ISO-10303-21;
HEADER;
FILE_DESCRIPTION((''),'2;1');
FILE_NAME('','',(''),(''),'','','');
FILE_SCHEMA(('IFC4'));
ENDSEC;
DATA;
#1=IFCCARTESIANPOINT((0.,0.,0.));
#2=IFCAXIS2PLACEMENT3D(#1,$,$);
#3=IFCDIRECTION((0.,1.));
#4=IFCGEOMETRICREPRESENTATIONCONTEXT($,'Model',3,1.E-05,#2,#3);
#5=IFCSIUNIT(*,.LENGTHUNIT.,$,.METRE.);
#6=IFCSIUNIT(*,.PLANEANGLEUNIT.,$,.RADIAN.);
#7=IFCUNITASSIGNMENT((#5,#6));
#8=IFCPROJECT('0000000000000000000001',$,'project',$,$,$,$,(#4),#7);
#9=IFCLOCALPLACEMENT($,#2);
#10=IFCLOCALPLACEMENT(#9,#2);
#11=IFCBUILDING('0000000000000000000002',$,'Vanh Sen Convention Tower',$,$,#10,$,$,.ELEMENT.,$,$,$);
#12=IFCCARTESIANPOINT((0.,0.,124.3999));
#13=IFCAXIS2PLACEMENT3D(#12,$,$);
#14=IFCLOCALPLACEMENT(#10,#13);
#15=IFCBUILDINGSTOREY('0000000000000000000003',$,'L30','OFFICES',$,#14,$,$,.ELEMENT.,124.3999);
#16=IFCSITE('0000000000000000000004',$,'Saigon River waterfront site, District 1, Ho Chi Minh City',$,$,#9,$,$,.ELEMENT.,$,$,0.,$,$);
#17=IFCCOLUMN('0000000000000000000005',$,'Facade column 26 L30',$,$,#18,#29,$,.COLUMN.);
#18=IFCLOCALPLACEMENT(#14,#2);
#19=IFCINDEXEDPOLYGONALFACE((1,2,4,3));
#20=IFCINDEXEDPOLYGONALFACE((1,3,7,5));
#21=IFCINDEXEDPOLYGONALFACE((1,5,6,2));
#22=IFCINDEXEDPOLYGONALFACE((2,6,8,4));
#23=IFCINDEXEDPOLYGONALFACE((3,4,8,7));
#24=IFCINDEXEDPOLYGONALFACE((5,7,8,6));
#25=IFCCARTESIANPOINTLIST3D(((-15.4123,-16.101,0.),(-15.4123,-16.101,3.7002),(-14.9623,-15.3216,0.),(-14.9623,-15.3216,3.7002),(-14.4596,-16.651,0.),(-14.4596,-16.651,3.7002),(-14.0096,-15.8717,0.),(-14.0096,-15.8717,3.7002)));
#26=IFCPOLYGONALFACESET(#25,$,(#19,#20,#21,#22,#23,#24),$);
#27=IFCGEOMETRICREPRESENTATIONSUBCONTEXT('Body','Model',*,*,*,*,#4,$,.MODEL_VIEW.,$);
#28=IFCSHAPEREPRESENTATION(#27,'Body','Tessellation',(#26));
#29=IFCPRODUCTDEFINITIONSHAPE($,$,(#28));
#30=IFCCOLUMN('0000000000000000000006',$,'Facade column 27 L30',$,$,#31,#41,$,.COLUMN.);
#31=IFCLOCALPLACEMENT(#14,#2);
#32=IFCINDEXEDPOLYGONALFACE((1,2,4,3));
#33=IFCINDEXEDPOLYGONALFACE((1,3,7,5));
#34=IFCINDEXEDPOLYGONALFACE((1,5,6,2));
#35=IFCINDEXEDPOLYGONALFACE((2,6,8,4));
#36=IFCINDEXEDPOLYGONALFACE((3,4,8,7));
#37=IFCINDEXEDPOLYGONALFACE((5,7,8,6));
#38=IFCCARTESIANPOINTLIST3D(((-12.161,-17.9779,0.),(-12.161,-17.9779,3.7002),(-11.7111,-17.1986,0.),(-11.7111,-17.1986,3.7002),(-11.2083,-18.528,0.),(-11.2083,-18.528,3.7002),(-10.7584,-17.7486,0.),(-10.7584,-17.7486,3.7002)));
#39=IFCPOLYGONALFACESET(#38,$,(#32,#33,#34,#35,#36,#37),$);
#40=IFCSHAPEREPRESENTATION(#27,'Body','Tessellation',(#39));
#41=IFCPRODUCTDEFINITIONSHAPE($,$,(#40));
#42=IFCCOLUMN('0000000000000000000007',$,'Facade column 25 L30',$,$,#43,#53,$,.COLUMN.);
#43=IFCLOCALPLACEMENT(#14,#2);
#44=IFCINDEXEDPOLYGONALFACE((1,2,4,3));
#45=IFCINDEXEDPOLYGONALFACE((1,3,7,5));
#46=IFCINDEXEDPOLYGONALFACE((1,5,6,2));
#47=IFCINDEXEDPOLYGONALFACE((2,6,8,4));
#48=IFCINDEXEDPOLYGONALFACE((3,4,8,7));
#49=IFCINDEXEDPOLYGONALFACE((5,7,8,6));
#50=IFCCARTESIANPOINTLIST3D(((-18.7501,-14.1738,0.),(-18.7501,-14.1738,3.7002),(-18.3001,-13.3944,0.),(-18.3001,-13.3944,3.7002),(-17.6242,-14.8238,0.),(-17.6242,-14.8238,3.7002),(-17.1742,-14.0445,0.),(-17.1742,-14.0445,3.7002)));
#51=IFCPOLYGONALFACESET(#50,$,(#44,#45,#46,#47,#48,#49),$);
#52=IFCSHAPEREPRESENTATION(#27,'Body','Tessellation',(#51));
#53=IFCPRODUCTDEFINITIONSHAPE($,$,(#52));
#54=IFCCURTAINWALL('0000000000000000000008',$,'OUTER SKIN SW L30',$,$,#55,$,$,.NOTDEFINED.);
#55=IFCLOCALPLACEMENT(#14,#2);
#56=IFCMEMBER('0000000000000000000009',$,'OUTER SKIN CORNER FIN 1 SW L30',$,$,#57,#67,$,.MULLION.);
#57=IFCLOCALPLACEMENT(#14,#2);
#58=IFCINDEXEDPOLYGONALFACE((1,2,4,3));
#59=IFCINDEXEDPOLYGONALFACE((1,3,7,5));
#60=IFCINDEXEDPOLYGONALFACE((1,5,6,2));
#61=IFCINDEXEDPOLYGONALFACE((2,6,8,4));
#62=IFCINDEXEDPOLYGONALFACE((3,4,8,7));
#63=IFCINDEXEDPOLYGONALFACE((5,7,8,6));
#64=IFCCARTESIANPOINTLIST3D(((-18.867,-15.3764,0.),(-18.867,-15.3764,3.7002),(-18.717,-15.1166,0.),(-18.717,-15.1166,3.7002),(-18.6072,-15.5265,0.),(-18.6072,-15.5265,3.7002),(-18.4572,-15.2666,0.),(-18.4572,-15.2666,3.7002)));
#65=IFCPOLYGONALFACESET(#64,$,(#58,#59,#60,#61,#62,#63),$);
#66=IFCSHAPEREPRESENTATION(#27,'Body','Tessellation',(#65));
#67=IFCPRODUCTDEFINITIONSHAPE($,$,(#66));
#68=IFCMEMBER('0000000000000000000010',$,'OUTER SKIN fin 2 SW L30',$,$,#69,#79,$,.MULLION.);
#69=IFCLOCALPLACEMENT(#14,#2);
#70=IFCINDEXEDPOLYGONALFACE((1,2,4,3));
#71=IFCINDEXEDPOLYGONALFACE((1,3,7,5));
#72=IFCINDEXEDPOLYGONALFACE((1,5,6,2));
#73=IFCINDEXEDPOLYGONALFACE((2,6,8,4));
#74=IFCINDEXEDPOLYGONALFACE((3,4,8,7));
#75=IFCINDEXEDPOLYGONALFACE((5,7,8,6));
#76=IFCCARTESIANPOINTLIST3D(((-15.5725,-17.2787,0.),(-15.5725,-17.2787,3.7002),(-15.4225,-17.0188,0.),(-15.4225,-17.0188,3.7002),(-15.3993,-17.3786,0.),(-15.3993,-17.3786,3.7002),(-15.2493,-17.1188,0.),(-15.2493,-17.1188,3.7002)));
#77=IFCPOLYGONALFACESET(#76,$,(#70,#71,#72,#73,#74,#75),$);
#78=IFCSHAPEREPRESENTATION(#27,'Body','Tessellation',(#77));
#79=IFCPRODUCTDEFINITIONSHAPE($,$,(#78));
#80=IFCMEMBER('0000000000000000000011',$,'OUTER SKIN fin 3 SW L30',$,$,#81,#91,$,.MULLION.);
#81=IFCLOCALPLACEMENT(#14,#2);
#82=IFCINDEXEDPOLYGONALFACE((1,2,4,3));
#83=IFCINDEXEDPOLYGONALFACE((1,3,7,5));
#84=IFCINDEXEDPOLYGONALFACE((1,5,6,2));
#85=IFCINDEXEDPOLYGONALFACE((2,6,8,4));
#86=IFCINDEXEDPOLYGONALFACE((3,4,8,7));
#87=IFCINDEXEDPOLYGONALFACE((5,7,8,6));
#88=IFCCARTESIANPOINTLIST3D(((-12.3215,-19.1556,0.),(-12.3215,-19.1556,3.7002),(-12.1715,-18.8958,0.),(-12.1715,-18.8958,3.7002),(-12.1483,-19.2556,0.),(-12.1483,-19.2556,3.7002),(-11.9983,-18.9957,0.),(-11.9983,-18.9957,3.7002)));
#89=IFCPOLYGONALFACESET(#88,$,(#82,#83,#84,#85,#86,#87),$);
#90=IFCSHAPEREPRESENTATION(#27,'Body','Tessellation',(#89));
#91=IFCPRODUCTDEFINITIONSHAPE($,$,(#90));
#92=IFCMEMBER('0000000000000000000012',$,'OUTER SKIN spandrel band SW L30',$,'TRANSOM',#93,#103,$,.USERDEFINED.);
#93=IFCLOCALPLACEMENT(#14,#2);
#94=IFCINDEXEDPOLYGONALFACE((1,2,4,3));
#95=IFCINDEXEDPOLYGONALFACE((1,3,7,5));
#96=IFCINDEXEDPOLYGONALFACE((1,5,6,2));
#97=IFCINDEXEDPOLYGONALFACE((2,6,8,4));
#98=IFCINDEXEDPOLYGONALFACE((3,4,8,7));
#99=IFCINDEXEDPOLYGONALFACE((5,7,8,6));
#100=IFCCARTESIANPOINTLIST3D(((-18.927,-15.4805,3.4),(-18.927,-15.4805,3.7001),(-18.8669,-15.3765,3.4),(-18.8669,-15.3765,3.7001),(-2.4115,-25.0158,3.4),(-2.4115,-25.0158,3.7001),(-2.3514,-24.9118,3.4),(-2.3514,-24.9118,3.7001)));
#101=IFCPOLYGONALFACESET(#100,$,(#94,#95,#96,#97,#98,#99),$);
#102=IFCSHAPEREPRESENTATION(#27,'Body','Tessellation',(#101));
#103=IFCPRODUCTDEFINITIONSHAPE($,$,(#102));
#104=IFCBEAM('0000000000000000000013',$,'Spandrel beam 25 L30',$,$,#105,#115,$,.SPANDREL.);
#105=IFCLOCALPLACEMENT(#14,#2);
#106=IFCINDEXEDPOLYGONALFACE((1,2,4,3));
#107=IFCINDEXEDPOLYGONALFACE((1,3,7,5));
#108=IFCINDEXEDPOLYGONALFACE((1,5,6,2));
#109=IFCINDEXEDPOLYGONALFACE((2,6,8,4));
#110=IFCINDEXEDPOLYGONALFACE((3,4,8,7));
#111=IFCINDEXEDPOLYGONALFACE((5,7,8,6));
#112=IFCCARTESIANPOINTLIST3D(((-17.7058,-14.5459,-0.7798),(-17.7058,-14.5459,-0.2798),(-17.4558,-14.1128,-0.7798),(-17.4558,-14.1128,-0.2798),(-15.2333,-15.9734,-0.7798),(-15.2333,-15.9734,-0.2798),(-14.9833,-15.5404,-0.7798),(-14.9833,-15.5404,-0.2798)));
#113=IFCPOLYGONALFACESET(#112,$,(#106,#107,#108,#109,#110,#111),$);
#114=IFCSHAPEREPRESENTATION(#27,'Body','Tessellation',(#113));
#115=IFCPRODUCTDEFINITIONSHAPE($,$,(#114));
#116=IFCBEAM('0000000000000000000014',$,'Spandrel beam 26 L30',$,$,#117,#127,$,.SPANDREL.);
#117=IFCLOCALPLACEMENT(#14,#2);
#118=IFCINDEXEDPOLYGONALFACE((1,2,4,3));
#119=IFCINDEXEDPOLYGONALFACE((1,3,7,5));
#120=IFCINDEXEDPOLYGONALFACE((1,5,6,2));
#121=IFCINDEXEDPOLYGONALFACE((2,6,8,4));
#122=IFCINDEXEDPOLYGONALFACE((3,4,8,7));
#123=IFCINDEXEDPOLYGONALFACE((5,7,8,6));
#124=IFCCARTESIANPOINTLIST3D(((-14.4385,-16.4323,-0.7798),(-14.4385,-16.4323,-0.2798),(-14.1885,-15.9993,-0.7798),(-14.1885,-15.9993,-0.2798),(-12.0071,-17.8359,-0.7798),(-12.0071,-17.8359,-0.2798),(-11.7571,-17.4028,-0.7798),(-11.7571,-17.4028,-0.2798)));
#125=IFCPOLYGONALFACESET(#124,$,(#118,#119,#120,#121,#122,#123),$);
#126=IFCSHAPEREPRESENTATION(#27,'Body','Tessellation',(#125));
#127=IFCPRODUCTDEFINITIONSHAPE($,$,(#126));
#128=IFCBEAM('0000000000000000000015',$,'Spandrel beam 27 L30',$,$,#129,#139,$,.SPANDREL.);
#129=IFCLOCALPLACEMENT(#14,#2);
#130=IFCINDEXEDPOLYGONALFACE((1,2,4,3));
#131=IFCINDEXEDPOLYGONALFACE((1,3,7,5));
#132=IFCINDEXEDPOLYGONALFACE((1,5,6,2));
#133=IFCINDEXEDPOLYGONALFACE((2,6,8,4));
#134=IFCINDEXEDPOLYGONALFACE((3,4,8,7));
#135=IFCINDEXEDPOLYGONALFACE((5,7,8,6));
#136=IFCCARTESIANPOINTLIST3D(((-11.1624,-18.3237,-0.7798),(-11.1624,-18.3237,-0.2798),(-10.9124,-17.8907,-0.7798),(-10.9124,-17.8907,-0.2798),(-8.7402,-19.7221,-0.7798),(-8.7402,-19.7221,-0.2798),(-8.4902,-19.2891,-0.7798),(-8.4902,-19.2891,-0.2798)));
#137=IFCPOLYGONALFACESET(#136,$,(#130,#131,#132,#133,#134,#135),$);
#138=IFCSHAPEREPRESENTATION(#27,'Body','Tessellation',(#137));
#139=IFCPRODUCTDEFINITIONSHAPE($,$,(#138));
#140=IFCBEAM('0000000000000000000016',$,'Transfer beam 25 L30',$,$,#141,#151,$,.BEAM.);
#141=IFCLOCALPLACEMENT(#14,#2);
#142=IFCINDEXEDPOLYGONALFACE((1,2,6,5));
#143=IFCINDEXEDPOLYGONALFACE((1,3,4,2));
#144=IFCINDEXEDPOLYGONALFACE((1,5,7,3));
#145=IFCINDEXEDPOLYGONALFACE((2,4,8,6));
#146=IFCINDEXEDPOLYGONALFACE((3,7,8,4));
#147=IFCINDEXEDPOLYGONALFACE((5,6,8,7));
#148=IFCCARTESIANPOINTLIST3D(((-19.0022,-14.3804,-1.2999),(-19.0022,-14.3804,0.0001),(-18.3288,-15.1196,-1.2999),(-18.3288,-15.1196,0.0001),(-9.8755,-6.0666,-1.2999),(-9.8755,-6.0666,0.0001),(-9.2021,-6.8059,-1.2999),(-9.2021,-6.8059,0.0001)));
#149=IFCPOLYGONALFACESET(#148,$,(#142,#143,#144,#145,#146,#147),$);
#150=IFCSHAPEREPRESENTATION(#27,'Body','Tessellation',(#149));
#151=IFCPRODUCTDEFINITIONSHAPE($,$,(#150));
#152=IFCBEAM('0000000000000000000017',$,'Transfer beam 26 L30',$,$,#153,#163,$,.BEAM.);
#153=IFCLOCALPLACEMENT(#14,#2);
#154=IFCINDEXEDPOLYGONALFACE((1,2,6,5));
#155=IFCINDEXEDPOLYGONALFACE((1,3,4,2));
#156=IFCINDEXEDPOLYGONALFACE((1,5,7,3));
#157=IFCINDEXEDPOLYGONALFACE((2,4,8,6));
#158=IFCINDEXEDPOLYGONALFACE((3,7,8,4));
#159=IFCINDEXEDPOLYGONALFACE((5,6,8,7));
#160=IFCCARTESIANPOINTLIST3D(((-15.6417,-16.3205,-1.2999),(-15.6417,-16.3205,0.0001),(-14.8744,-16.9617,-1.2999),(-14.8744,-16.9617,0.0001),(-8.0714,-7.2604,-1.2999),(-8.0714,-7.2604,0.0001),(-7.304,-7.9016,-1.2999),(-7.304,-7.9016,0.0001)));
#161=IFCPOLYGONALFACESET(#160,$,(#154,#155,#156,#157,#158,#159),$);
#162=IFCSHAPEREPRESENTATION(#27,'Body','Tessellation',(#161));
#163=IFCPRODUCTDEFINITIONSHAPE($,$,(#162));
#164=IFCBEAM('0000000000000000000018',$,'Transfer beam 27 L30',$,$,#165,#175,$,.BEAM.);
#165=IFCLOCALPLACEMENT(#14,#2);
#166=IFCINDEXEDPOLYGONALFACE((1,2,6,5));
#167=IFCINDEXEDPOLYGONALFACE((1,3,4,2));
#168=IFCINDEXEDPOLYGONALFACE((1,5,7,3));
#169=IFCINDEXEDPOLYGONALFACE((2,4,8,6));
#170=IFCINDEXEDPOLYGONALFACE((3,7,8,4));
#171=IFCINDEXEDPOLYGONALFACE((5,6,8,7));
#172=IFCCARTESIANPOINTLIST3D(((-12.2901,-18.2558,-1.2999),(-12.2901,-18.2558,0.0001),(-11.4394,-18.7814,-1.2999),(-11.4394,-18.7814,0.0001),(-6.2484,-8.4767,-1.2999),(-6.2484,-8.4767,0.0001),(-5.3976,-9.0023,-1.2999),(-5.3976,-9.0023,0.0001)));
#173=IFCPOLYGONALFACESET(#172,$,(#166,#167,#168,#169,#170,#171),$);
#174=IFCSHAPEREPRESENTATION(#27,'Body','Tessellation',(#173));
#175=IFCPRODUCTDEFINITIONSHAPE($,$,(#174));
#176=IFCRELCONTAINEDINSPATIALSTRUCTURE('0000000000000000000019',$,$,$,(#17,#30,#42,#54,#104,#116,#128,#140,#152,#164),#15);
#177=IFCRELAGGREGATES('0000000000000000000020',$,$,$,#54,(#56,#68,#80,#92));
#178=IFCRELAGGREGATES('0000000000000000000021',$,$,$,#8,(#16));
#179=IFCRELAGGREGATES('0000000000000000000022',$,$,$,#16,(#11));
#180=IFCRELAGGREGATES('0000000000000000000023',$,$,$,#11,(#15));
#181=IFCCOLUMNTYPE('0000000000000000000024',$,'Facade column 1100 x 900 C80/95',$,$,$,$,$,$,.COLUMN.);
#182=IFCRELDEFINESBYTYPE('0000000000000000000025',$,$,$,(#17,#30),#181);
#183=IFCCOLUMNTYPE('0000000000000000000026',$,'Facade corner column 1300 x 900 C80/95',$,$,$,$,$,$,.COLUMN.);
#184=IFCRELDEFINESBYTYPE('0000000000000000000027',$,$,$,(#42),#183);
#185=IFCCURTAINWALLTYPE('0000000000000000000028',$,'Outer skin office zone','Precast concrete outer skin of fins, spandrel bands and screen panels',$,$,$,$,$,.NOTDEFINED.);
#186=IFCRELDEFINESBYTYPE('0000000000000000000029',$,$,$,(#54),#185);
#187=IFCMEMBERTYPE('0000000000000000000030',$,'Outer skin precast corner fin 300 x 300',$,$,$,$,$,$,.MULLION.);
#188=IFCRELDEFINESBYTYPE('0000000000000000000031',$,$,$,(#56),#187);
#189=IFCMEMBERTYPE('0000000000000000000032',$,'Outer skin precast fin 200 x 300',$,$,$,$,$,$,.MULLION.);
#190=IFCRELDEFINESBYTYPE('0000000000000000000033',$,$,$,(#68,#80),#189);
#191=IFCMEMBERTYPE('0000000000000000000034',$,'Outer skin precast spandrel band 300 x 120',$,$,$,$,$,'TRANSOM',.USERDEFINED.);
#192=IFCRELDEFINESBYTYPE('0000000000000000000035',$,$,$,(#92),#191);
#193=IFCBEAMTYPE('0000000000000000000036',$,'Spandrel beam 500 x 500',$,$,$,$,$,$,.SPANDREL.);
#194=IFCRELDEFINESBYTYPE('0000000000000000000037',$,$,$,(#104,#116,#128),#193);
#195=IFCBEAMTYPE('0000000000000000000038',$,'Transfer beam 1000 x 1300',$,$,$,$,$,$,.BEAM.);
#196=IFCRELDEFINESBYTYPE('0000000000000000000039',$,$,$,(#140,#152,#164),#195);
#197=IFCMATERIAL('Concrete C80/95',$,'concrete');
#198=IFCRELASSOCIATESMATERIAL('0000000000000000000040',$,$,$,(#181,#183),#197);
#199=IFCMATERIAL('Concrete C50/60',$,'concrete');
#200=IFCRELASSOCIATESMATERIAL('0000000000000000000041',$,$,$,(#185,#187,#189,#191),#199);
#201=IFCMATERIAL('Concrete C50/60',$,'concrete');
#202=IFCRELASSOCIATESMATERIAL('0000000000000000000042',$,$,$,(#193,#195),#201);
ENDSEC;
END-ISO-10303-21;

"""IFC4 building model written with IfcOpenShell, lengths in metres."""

from ifc_helpers import new_model, si_unit, direction, frame, origin, origin_2d, place, context, subcontext, project, spatial, rectangle, extrude, material, material_profile, profile_set, type_object, element, aggregate, save


model = new_model("IFC4")

# Units and contexts
model_context = context("Model", 3, precision=1e-05, world=origin(), true_north=direction((0.0, 1.0)))
body_context = subcontext(model_context, "Body", "Model", "MODEL_VIEW")
ifc_project = project(units=[si_unit("LENGTHUNIT", "METRE"), si_unit("PLANEANGLEUNIT", "RADIAN")], contexts=[model_context])

# Site, building, storey
site_placement = place(None, origin())
site = spatial("IfcSite", under=ifc_project, at=site_placement, Name="Saigon River waterfront site, District 1, Ho Chi Minh City", CompositionType="ELEMENT", RefElevation=0.0)
building_placement = place(site_placement, origin())
building = spatial("IfcBuilding", under=site, at=building_placement, Name="Vanh Sen Convention Tower", CompositionType="ELEMENT")
storey_placement = place(building_placement, frame((0.0, 0.0, 124.3999)))
storey = spatial("IfcBuildingStorey", under=building, at=storey_placement, Name="L30", Description="OFFICES", CompositionType="ELEMENT", Elevation=124.3999)

# Columns
ifc_material_1 = material(Name="Concrete C80/95", Category="concrete")
ifc_material_profile_1 = material_profile(ifc_material_1, rectangle(XDim=1.1001, YDim=0.8999, at=origin_2d()), Name="RC 1100X900")
ifc_profile_set_1 = profile_set([ifc_material_profile_1], Name="Concrete C80/95")
column_type_1 = type_object("IfcColumnType", Name="Facade column 1100 x 900 C80/95", PredefinedType="COLUMN", material=ifc_profile_set_1)
for number, where, z_axis, x_axis, name in (
    (1, (-14.7109, -15.9863, 0.0), (0.0, 0.0, 1.0), (0.866025, -0.5, 0.0), "Facade column 26 L30"),
    (2, (-11.4597, -17.8633, 0.0), (0.0, 0.0, 1.0), (0.866025, -0.5, 0.0), "Facade column 27 L30"),
):
    element("IfcColumn", number, at=place(storey_placement, frame(where, z_axis=z_axis, x_axis=x_axis)), inside=storey, type_object=column_type_1, Name=name, PredefinedType="COLUMN", context=body_context, shape_type="SweptSolid", body=[
        extrude(rectangle(XDim=1.1001, YDim=0.8999, at=origin_2d()), origin(), (0.0, 0.0, 1.0), 3.7002),
    ])
ifc_material_profile_2 = material_profile(ifc_material_1, rectangle(XDim=1.3, YDim=0.8999, at=origin_2d()), Name="RC 1300X900")
ifc_profile_set_2 = profile_set([ifc_material_profile_2], Name="Concrete C80/95")
column_type_2 = type_object("IfcColumnType", Name="Facade corner column 1300 x 900 C80/95", PredefinedType="COLUMN", material=ifc_profile_set_2)
column_placement = place(storey_placement, frame((-17.9622, -14.1091, 0.0), z_axis=(0.0, 0.0, 1.0), x_axis=(0.866025, -0.5, 0.0)))
element("IfcColumn", 3, at=column_placement, inside=storey, type_object=column_type_2, Name="Facade column 25 L30", PredefinedType="COLUMN", context=body_context, shape_type="SweptSolid", body=[
    extrude(rectangle(XDim=1.3, YDim=0.8999, at=origin_2d()), origin(), (0.0, 0.0, 1.0), 3.7002),
])

# Curtain wall, members
ifc_material_2 = material(Name="Concrete C50/60", Category="concrete")
curtain_wall_type = type_object("IfcCurtainWallType", Name="Outer skin office zone", Description="Precast concrete outer skin of fins, spandrel bands and screen panels", PredefinedType="NOTDEFINED", material=ifc_material_2)
curtain_wall_1_placement = place(storey_placement, origin())
curtain_wall_1 = element("IfcCurtainWall", 4, at=curtain_wall_1_placement, inside=storey, type_object=curtain_wall_type, Name="OUTER SKIN SW L30", PredefinedType="NOTDEFINED")
ifc_material_profile_3 = material_profile(ifc_material_2, rectangle(XDim=0.3, YDim=0.3, at=origin_2d()), Name="Outer skin precast corner fin 300 x 300")
ifc_profile_set_3 = profile_set([ifc_material_profile_3], Name="Concrete C50/60")
member_type_1 = type_object("IfcMemberType", Name="Outer skin precast corner fin 300 x 300", PredefinedType="MULLION", material=ifc_profile_set_3)
member_1_placement = place(storey_placement, frame((-18.6621, -15.3215, 0.0), z_axis=(0.0, 0.0, 1.0), x_axis=(0.866025, -0.5, 0.0)))
member_1 = element("IfcMember", 5, at=member_1_placement, type_object=member_type_1, Name="OUTER SKIN CORNER FIN 1 SW L30", PredefinedType="MULLION", context=body_context, shape_type="SweptSolid", body=[
    extrude(rectangle(XDim=0.3, YDim=0.3, at=origin_2d()), origin(), (0.0, 0.0, 1.0), 3.7002),
])
ifc_material_profile_4 = material_profile(ifc_material_2, rectangle(XDim=0.2, YDim=0.3, at=origin_2d()), Name="Outer skin precast fin 200 x 300")
ifc_profile_set_4 = profile_set([ifc_material_profile_4], Name="Concrete C50/60")
member_type_2 = type_object("IfcMemberType", Name="Outer skin precast fin 200 x 300", PredefinedType="MULLION", material=ifc_profile_set_4)
member_2_placement = place(storey_placement, frame((-15.4109, -17.1987, 0.0), z_axis=(0.0, 0.0, 1.0), x_axis=(0.866025, -0.5, 0.0)))
member_2 = element("IfcMember", 6, at=member_2_placement, type_object=member_type_2, Name="OUTER SKIN fin 2 SW L30", PredefinedType="MULLION", context=body_context, shape_type="SweptSolid", body=[
    extrude(rectangle(XDim=0.2, YDim=0.3, at=origin_2d()), origin(), (0.0, 0.0, 1.0), 3.7002),
])
member_3_placement = place(storey_placement, frame((-12.1599, -19.0757, 0.0), z_axis=(0.0, 0.0, 1.0), x_axis=(0.866025, -0.5, 0.0)))
member_3 = element("IfcMember", 7, at=member_3_placement, type_object=member_type_2, Name="OUTER SKIN fin 3 SW L30", PredefinedType="MULLION", context=body_context, shape_type="SweptSolid", body=[
    extrude(rectangle(XDim=0.2, YDim=0.3, at=origin_2d()), origin(), (0.0, 0.0, 1.0), 3.7002),
])
ifc_material_profile_5 = material_profile(ifc_material_2, rectangle(XDim=0.1201, YDim=0.3, at=origin_2d()), Name="Outer skin precast spandrel band 300 x 120")
ifc_profile_set_5 = profile_set([ifc_material_profile_5], Name="Concrete C50/60")
member_type_3 = type_object("IfcMemberType", Name="Outer skin precast spandrel band 300 x 120", ElementType="TRANSOM", PredefinedType="USERDEFINED", material=ifc_profile_set_5)
member_4_placement = place(storey_placement, frame((-18.897, -15.4285, 3.55), z_axis=(0.866023, -0.500004, 0.0), x_axis=(0.500004, 0.866023, 0.0)))
member_4 = element("IfcMember", 8, at=member_4_placement, type_object=member_type_3, Name="OUTER SKIN spandrel band SW L30", ObjectType="TRANSOM", PredefinedType="USERDEFINED", context=body_context, shape_type="SweptSolid", body=[
    extrude(rectangle(XDim=0.1201, YDim=0.3, at=origin_2d()), origin(), (0.0, 0.0, 1.0), 19.0706),
])

# Beams
ifc_material_3 = material(Name="Concrete C50/60", Category="concrete")
ifc_material_profile_6 = material_profile(ifc_material_3, rectangle(XDim=0.5, YDim=0.5, at=origin_2d()), Name="RC 500X500")
ifc_profile_set_6 = profile_set([ifc_material_profile_6], Name="Concrete C50/60")
beam_type_1 = type_object("IfcBeamType", Name="Spandrel beam 500 x 500", PredefinedType="SPANDREL", material=ifc_profile_set_6)
beam_1_placement = place(storey_placement, frame((-17.5808, -14.3293, -0.5298), z_axis=(0.866019, -0.500011, 0.0), x_axis=(0.500011, 0.866019, 0.0)))
element("IfcBeam", 9, at=beam_1_placement, inside=storey, type_object=beam_type_1, Name="Spandrel beam 25 L30", PredefinedType="SPANDREL", context=body_context, shape_type="SweptSolid", body=[
    extrude(rectangle(XDim=0.5, YDim=0.5, at=origin_2d()), origin(), (0.0, 0.0, 1.0), 2.855),
])
beam_2_placement = place(storey_placement, frame((-14.3135, -16.2158, -0.5298), z_axis=(0.866057, -0.499946, 0.0), x_axis=(0.499946, 0.866057, 0.0)))
element("IfcBeam", 10, at=beam_2_placement, inside=storey, type_object=beam_type_1, Name="Spandrel beam 26 L30", PredefinedType="SPANDREL", context=body_context, shape_type="SweptSolid", body=[
    extrude(rectangle(XDim=0.5, YDim=0.5, at=origin_2d()), origin(), (0.0, 0.0, 1.0), 2.8074),
])
beam_3_placement = place(storey_placement, frame((-11.0374, -18.1072, -0.5298), z_axis=(0.866021, -0.500007, 0.0), x_axis=(0.500007, 0.866021, 0.0)))
element("IfcBeam", 11, at=beam_3_placement, inside=storey, type_object=beam_type_1, Name="Spandrel beam 27 L30", PredefinedType="SPANDREL", context=body_context, shape_type="SweptSolid", body=[
    extrude(rectangle(XDim=0.5, YDim=0.5, at=origin_2d()), origin(), (0.0, 0.0, 1.0), 2.7969),
])
ifc_material_profile_7 = material_profile(ifc_material_3, rectangle(XDim=1.0, YDim=1.3, at=origin_2d()), Name="RC 1000X1300")
ifc_profile_set_7 = profile_set([ifc_material_profile_7], Name="Concrete C50/60")
beam_type_2 = type_object("IfcBeamType", Name="Transfer beam 1000 x 1300", PredefinedType="BEAM", material=ifc_profile_set_7)
beam_4_placement = place(storey_placement, frame((-18.6655, -14.75, -0.6499), z_axis=(0.739266, 0.673414, 0.0), x_axis=(-0.673414, 0.739266, 0.0)))
element("IfcBeam", 12, at=beam_4_placement, inside=storey, type_object=beam_type_2, Name="Transfer beam 25 L30", PredefinedType="BEAM", context=body_context, shape_type="SweptSolid", body=[
    extrude(rectangle(XDim=1.0, YDim=1.3, at=origin_2d()), origin(), (0.0, 0.0, 1.0), 12.3457),
])
beam_5_placement = place(storey_placement, frame((-15.2581, -16.6411, -0.6499), z_axis=(0.641197, 0.767377, 0.0), x_axis=(-0.767377, 0.641197, 0.0)))
element("IfcBeam", 13, at=beam_5_placement, inside=storey, type_object=beam_type_2, Name="Transfer beam 26 L30", PredefinedType="BEAM", context=body_context, shape_type="SweptSolid", body=[
    extrude(rectangle(XDim=1.0, YDim=1.3, at=origin_2d()), origin(), (0.0, 0.0, 1.0), 11.8066),
])
beam_6_placement = place(storey_placement, frame((-11.8647, -18.5186, -0.6499), z_axis=(0.525603, 0.85073, 0.0), x_axis=(-0.85073, 0.525603, 0.0)))
element("IfcBeam", 14, at=beam_6_placement, inside=storey, type_object=beam_type_2, Name="Transfer beam 27 L30", PredefinedType="BEAM", context=body_context, shape_type="SweptSolid", body=[
    extrude(rectangle(XDim=1.0, YDim=1.3, at=origin_2d()), origin(), (0.0, 0.0, 1.0), 11.4949),
])

aggregate(curtain_wall_1, [member_1, member_2, member_3, member_4])

save(model, "model.ifc")
